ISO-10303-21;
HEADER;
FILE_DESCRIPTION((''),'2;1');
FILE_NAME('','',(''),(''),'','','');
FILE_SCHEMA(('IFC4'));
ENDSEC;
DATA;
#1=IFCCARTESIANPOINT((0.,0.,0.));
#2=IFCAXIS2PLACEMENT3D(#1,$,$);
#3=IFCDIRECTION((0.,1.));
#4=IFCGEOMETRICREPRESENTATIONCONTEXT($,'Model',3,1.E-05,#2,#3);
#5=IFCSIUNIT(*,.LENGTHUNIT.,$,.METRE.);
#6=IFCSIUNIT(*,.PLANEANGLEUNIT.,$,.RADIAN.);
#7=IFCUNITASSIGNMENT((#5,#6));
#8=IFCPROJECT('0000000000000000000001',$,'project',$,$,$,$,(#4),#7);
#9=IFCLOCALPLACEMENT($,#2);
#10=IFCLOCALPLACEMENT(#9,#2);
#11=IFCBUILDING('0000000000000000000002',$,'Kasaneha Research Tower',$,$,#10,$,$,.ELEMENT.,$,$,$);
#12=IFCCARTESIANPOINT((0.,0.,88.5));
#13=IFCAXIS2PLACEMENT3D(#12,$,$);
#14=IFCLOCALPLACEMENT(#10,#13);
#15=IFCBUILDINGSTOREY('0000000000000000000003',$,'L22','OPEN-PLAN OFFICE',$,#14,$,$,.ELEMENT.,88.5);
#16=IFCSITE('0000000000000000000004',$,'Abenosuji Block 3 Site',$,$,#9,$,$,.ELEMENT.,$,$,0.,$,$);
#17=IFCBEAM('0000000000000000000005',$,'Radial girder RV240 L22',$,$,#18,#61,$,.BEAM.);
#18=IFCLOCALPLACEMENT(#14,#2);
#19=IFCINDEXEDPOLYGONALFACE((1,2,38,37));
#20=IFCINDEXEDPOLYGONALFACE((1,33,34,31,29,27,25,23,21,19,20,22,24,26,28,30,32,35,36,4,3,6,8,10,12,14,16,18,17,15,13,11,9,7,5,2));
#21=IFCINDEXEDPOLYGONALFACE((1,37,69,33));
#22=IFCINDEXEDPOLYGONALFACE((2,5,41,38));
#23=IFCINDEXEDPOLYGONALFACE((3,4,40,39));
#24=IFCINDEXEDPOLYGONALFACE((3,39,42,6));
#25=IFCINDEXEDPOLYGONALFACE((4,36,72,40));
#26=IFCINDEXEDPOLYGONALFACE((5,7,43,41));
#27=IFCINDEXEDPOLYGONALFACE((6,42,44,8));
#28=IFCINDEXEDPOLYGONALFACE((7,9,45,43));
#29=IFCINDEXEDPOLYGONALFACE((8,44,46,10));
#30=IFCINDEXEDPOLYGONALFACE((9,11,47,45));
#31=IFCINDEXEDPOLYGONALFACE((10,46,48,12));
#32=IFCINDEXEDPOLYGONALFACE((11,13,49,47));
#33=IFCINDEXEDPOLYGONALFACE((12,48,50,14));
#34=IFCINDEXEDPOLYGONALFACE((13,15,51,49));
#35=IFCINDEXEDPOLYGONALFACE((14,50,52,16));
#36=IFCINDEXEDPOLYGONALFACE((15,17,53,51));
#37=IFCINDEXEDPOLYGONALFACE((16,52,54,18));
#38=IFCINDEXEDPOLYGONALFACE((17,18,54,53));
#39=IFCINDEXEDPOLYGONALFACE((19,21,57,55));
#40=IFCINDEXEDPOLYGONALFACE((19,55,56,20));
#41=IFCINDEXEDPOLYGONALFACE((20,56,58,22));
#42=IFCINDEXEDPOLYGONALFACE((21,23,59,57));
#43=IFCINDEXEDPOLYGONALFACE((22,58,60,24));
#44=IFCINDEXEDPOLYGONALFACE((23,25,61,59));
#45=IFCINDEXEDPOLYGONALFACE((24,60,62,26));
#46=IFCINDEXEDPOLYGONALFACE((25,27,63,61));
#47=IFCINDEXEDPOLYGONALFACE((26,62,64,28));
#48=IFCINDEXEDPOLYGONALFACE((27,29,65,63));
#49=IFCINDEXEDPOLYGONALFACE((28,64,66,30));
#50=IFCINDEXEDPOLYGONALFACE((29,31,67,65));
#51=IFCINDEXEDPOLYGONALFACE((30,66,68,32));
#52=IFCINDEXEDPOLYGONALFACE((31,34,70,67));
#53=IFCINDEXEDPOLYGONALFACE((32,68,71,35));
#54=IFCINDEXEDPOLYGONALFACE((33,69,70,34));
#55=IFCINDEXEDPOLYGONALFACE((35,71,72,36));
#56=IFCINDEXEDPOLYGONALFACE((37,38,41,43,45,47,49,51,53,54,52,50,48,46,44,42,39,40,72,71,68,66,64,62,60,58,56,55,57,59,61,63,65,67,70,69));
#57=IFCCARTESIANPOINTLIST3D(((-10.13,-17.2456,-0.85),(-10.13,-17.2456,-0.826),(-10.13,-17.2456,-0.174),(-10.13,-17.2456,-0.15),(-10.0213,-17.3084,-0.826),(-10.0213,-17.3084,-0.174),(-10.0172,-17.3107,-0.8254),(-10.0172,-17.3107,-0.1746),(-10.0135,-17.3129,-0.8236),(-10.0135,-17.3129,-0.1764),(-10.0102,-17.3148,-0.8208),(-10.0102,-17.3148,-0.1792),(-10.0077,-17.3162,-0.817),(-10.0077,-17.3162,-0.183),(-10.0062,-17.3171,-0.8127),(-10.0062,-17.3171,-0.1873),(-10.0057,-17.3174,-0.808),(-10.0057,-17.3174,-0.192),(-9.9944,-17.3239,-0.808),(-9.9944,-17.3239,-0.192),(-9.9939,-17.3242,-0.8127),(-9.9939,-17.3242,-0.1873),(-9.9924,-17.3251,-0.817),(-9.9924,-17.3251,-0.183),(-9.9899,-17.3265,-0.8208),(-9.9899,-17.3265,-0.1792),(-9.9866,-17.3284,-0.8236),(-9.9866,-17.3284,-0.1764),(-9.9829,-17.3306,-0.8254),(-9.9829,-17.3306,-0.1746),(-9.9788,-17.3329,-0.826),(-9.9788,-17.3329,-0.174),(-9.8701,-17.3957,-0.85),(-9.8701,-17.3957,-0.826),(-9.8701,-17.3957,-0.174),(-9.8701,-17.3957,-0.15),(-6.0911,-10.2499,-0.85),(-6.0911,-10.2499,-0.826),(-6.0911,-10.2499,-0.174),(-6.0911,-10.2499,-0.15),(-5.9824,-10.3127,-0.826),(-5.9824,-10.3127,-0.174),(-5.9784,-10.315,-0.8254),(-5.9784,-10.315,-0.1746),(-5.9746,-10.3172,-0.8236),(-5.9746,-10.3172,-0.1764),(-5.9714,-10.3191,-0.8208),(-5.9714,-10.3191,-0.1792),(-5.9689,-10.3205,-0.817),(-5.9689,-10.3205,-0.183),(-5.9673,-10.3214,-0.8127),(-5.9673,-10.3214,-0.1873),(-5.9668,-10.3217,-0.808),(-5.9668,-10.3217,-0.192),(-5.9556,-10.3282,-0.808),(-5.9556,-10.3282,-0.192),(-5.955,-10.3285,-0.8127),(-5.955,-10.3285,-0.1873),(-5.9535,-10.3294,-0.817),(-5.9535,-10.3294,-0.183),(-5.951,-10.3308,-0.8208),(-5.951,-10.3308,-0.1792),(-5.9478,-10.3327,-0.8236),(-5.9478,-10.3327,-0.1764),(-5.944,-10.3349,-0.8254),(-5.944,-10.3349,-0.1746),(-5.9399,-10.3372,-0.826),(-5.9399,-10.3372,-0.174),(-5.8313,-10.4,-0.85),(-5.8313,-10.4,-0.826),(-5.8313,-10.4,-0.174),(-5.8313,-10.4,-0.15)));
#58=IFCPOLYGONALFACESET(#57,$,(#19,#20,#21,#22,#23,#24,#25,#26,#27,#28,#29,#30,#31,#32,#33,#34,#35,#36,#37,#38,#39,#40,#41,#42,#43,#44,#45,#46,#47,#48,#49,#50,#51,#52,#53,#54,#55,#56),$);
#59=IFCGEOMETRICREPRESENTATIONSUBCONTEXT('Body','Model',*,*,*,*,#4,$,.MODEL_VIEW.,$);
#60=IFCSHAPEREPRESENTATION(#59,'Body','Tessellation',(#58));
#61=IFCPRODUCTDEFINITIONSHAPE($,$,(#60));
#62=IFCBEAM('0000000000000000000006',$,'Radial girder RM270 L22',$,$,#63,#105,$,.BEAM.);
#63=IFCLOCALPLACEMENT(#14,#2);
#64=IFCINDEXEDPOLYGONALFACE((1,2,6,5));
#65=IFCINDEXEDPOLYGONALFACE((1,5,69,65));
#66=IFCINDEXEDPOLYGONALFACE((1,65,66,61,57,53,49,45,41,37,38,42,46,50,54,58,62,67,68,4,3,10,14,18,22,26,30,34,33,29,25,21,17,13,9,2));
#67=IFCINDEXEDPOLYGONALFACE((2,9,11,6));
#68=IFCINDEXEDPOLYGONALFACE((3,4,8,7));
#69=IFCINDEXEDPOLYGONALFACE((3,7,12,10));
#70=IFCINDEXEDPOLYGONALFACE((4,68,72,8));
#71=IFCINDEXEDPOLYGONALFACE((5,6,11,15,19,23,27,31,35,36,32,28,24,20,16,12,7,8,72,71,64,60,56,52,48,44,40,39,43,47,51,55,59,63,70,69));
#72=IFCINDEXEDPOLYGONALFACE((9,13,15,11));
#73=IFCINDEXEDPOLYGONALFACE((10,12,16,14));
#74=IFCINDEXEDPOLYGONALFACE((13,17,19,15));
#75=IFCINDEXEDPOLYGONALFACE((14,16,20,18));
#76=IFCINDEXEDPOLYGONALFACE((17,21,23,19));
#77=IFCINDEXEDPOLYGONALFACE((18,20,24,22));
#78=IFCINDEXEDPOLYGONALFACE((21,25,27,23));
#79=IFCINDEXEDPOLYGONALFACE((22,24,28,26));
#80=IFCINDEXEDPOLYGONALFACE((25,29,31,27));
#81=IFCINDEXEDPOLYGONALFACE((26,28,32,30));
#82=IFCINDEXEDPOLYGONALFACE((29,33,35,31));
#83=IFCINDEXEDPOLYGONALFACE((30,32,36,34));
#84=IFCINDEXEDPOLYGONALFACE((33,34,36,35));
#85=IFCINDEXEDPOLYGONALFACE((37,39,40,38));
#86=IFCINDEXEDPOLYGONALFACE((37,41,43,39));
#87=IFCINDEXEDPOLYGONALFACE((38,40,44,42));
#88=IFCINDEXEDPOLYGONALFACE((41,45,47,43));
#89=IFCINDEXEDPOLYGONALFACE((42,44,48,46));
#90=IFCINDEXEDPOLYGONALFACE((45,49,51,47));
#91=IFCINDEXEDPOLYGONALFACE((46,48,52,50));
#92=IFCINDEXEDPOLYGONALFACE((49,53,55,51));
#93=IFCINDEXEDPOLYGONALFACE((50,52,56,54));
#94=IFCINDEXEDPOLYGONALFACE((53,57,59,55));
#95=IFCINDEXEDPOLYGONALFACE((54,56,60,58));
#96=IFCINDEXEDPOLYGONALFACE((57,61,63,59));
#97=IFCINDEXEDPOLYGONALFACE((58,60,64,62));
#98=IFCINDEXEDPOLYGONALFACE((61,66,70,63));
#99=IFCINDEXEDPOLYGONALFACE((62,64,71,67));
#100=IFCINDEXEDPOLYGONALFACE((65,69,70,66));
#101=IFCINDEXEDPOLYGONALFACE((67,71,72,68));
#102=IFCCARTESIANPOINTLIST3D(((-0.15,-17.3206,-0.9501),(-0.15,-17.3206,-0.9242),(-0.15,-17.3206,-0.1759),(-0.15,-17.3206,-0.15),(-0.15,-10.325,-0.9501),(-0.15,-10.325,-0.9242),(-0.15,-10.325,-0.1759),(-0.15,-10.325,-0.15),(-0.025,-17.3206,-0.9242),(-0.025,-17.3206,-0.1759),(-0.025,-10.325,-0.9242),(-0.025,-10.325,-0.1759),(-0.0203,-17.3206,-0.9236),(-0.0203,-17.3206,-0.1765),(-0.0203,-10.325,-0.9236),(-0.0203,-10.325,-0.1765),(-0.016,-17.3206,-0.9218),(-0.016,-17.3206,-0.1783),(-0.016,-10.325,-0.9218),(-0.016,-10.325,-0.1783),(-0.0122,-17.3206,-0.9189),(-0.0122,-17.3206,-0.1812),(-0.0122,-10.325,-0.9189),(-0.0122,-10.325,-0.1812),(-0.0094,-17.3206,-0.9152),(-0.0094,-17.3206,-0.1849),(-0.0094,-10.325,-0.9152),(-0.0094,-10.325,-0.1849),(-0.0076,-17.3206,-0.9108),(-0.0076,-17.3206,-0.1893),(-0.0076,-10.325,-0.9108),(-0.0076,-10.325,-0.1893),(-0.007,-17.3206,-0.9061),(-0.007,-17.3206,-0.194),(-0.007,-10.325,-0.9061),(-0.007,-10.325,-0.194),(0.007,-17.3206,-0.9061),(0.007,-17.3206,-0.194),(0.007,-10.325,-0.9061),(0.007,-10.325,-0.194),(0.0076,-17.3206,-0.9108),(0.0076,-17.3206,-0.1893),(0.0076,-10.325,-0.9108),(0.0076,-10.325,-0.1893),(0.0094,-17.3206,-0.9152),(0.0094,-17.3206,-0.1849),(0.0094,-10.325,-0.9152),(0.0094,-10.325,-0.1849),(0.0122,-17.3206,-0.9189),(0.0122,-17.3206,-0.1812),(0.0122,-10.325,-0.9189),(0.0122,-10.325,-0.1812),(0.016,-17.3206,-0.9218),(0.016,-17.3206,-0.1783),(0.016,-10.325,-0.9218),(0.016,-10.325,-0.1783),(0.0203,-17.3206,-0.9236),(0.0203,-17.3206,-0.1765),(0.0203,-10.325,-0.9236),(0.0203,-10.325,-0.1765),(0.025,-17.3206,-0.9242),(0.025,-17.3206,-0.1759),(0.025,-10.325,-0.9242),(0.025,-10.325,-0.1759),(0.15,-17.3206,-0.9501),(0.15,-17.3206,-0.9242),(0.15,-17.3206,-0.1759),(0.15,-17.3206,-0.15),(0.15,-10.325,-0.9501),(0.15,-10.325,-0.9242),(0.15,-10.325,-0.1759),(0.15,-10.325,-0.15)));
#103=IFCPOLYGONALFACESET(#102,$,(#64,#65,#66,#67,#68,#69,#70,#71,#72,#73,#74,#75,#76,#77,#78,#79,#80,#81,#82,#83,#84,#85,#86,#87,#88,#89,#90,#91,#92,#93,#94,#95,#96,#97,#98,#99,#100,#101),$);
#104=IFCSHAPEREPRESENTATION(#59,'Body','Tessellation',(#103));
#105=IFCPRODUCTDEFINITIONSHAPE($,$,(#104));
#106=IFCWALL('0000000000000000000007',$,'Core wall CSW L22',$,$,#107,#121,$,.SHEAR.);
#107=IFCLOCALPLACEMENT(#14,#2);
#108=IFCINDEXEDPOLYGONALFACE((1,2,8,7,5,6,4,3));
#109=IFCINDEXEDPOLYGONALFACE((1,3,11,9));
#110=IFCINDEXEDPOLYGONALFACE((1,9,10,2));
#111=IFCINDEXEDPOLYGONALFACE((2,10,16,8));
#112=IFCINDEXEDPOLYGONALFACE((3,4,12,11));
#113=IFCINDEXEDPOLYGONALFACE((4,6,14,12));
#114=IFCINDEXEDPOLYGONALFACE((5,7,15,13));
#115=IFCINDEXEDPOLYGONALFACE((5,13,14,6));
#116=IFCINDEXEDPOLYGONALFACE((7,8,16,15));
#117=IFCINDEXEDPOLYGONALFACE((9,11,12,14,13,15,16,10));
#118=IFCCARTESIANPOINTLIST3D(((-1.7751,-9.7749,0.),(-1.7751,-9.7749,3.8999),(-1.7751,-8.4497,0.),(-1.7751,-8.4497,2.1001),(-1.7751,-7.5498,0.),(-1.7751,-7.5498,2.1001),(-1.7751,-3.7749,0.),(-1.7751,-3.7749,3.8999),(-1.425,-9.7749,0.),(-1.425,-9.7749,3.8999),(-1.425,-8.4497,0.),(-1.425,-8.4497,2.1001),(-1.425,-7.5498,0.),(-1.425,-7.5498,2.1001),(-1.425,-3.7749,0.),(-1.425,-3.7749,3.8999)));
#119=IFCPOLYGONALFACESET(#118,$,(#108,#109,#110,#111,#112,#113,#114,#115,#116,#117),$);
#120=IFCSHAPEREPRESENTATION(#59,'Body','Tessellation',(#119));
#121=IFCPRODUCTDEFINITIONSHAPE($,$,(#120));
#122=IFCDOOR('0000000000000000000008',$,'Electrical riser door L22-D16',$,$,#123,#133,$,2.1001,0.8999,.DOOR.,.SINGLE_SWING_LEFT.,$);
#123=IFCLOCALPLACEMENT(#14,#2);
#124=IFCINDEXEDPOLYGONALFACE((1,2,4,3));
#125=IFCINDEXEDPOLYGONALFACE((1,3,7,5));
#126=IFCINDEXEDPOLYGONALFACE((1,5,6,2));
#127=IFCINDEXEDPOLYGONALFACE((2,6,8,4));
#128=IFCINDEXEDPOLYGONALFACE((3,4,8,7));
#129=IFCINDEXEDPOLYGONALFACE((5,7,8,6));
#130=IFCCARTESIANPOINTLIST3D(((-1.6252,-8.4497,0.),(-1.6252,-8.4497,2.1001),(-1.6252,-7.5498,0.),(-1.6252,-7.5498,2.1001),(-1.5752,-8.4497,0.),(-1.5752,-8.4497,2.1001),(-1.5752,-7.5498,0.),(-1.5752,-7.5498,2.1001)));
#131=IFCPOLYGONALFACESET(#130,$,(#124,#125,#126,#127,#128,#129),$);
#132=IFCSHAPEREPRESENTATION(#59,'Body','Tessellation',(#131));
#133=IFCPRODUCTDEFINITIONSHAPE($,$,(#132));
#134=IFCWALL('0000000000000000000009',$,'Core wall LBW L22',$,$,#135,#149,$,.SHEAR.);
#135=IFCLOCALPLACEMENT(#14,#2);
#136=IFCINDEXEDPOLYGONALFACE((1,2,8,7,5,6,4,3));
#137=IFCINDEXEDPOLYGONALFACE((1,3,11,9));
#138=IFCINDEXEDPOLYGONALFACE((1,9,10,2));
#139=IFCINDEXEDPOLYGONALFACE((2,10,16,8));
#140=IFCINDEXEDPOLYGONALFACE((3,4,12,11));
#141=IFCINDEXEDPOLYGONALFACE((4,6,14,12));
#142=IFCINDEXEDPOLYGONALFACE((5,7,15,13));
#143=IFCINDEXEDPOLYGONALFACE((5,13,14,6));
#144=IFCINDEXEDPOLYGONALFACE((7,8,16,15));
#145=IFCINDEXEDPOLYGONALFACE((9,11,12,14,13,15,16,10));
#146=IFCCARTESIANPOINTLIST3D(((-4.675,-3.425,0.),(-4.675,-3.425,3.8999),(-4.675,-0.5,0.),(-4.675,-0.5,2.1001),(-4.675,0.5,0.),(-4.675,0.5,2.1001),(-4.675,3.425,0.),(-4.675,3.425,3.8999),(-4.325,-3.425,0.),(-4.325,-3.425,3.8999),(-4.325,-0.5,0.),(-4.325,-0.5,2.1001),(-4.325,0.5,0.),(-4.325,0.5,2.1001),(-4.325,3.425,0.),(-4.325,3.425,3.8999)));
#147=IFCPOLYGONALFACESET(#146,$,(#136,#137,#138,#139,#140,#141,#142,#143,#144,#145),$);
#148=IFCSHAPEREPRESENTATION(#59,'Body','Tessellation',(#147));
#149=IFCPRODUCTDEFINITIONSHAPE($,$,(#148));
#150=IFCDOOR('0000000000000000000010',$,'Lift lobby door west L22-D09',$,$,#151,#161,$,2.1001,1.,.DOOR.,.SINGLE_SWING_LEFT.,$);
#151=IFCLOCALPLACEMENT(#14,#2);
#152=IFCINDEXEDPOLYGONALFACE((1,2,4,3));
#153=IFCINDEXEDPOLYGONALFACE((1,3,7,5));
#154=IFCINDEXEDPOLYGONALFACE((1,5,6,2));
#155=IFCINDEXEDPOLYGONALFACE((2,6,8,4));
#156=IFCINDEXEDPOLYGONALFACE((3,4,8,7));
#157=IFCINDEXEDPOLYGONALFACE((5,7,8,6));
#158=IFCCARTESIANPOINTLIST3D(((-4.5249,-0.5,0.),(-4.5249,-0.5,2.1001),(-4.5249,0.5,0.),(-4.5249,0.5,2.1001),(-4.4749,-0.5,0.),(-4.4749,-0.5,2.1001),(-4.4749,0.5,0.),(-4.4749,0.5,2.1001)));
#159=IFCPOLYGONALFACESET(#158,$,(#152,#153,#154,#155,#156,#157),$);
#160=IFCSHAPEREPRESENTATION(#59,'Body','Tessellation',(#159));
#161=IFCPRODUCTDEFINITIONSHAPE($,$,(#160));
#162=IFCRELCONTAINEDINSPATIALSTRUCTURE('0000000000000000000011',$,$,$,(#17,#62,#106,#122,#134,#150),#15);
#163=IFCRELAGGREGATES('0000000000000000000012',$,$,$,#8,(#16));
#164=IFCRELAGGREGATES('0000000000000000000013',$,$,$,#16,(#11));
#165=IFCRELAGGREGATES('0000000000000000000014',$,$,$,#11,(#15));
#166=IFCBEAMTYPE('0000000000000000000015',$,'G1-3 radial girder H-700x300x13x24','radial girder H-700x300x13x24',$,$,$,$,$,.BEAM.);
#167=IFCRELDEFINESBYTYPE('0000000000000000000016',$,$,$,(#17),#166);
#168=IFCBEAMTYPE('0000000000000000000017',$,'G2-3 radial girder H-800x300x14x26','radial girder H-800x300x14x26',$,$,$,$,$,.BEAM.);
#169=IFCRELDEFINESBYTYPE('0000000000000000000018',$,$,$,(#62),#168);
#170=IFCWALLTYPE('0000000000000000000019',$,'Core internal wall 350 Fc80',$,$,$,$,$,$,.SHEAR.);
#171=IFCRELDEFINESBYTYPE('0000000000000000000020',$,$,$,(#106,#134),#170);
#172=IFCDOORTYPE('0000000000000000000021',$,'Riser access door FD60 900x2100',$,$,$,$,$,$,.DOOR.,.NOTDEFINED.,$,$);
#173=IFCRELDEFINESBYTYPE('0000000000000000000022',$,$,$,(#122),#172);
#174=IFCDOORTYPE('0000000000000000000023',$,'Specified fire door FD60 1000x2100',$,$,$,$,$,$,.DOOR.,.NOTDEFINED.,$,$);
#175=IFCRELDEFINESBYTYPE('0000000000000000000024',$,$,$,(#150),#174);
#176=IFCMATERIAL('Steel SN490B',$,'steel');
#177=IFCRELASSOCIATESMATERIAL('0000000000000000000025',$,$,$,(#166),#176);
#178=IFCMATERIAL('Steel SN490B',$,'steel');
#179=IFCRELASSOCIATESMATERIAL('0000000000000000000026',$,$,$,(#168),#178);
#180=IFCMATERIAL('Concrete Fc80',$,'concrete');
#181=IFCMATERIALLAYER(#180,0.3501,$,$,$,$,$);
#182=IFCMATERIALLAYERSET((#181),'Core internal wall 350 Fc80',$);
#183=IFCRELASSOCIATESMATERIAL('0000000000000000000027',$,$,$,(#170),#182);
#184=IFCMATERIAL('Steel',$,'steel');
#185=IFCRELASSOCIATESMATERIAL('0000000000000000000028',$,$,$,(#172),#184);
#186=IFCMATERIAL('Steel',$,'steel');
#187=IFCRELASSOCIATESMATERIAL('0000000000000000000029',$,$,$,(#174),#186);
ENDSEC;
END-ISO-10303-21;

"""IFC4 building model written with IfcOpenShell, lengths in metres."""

from ifc_helpers import new_model, si_unit, direction, frame, frame_2d, origin, origin_2d, place, context, subcontext, project, spatial, rectangle, i_section, extrude, material, layer, layer_set, material_profile, profile_set, type_object, element, fill, save


model = new_model("IFC4")

# Units and contexts
model_context = context("Model", 3, precision=1e-05, world=origin(), true_north=direction((0.0, 1.0)))
body_context = subcontext(model_context, "Body", "Model", "MODEL_VIEW")
ifc_project = project(units=[si_unit("LENGTHUNIT", "METRE"), si_unit("PLANEANGLEUNIT", "RADIAN")], contexts=[model_context])

# Site, building, storey
site_placement = place(None, origin())
site = spatial("IfcSite", under=ifc_project, at=site_placement, Name="Abenosuji Block 3 Site", CompositionType="ELEMENT", RefElevation=0.0)
building_placement = place(site_placement, origin())
building = spatial("IfcBuilding", under=site, at=building_placement, Name="Kasaneha Research Tower", CompositionType="ELEMENT")
storey_placement = place(building_placement, frame((0.0, 0.0, 88.5)))
storey = spatial("IfcBuildingStorey", under=building, at=storey_placement, Name="L22", Description="OPEN-PLAN OFFICE", CompositionType="ELEMENT", Elevation=88.5)

# Beams
ifc_material_1 = material(Name="Steel SN490B", Category="steel")
ifc_material_profile_1 = material_profile(ifc_material_1, i_section(OverallWidth=0.3, OverallDepth=0.7, WebThickness=0.0129, FlangeThickness=0.0239, FilletRadius=0.0181, at=origin_2d()), Name="H-700x300x13x24")
ifc_profile_set_1 = profile_set([ifc_material_profile_1], Name="Steel SN490B")
beam_type_1 = type_object("IfcBeamType", Name="G1-3 radial girder H-700x300x13x24", Description="radial girder H-700x300x13x24", PredefinedType="BEAM", material=ifc_profile_set_1)
beam_1_placement = place(storey_placement, frame((-5.9612, -10.325, -0.5), z_axis=(-0.499991, -0.866031, 0.0), x_axis=(0.866031, -0.499991, 0.0)))
element("IfcBeam", 1, at=beam_1_placement, inside=storey, type_object=beam_type_1, Name="Radial girder RV240 L22", PredefinedType="BEAM", context=body_context, shape_type="SweptSolid", body=[
    extrude(i_section(OverallWidth=0.3, OverallDepth=0.7, WebThickness=0.0129, FlangeThickness=0.0239, FilletRadius=0.0181, at=origin_2d()), origin(), (0.0, 0.0, 1.0), 8.0779),
])
ifc_material_2 = material(Name="Steel SN490B", Category="steel")
ifc_material_profile_2 = material_profile(ifc_material_2, i_section(OverallWidth=0.3, OverallDepth=0.8, WebThickness=0.0139, FlangeThickness=0.0259, FilletRadius=0.0181, at=origin_2d()), Name="H-800x300x14x26")
ifc_profile_set_2 = profile_set([ifc_material_profile_2], Name="Steel SN490B")
beam_type_2 = type_object("IfcBeamType", Name="G2-3 radial girder H-800x300x14x26", Description="radial girder H-800x300x14x26", PredefinedType="BEAM", material=ifc_profile_set_2)
beam_2_placement = place(storey_placement, frame((0.0, -10.325, -0.55), z_axis=(0.0, -1.0, 0.0), x_axis=(1.0, 0.0, 0.0)))
element("IfcBeam", 2, at=beam_2_placement, inside=storey, type_object=beam_type_2, Name="Radial girder RM270 L22", PredefinedType="BEAM", context=body_context, shape_type="SweptSolid", body=[
    extrude(i_section(OverallWidth=0.3, OverallDepth=0.8, WebThickness=0.0139, FlangeThickness=0.0259, FilletRadius=0.0181, at=origin_2d()), origin(), (0.0, 0.0, 1.0), 6.9956),
])

# Walls, openings, doors
ifc_material_3 = material(Name="Concrete Fc80", Category="concrete")
ifc_layer_1 = layer(ifc_material_3, 0.3501)
ifc_layer_set_1 = layer_set([ifc_layer_1], Name="Core internal wall 350 Fc80")
wall_type_1 = type_object("IfcWallType", Name="Core internal wall 350 Fc80", PredefinedType="SHEAR", material=ifc_layer_set_1)
wall_1_placement = place(storey_placement, frame((-1.6001, -3.7749, 0.0), z_axis=(0.0, 0.0, 1.0), x_axis=(0.0, -1.0, 0.0)))
wall_1 = element("IfcWall", 3, at=wall_1_placement, inside=storey, type_object=wall_type_1, Name="Core wall CSW L22", PredefinedType="SHEAR", context=body_context, shape_type="SweptSolid", body=[
    extrude(rectangle(XDim=6.0, YDim=0.3501, at=frame_2d((3.0, 0.0))), origin(), (0.0, 0.0, 1.0), 3.8999),
])
opening_1_placement = place(wall_1_placement, frame((3.7749, 0.0, 0.0)))
opening_1 = element("IfcOpeningElement", 4, at=opening_1_placement, cuts=wall_1, PredefinedType="OPENING", context=body_context, shape_type="SweptSolid", body=[
    extrude(rectangle(XDim=0.8999, YDim=2.1001, at=frame_2d((0.45, 1.05))), frame((0.0, 0.1851, 0.0), z_axis=(0.0, -1.0, 0.0), x_axis=(1.0, 0.0, 0.0)), (0.0, 0.0, 1.0), 0.3701),
])
ifc_material_4 = material(Name="Steel", Category="steel")
door_type_1 = type_object("IfcDoorType", Name="Riser access door FD60 900x2100", OperationType="NOTDEFINED", PredefinedType="DOOR", material=ifc_material_4)
door_1_placement = place(opening_1_placement, origin())
door_1 = element("IfcDoor", 5, at=door_1_placement, inside=storey, type_object=door_type_1, Name="Electrical riser door L22-D16", OperationType="SINGLE_SWING_LEFT", OverallHeight=2.1001, OverallWidth=0.8999, PredefinedType="DOOR", context=body_context, shape_type="SweptSolid", body=[
    extrude(rectangle(XDim=0.8999, YDim=2.1001, at=frame_2d((0.45, 1.05))), frame((0.0, 0.0249, 0.0), z_axis=(0.0, -1.0, 0.0), x_axis=(1.0, 0.0, 0.0)), (0.0, 0.0, 1.0), 0.05),
])
fill(opening_1, door_1)
wall_2_placement = place(storey_placement, frame((-4.5, -3.425, 0.0), z_axis=(0.0, 0.0, 1.0), x_axis=(0.0, 1.0, 0.0)))
wall_2 = element("IfcWall", 6, at=wall_2_placement, inside=storey, type_object=wall_type_1, Name="Core wall LBW L22", PredefinedType="SHEAR", context=body_context, shape_type="SweptSolid", body=[
    extrude(rectangle(XDim=6.8501, YDim=0.3501, at=frame_2d((3.425, 0.0))), origin(), (0.0, 0.0, 1.0), 3.8999),
])
opening_2_placement = place(wall_2_placement, frame((2.925, 0.0, 0.0)))
opening_2 = element("IfcOpeningElement", 7, at=opening_2_placement, cuts=wall_2, PredefinedType="OPENING", context=body_context, shape_type="SweptSolid", body=[
    extrude(rectangle(XDim=1.0, YDim=2.1001, at=frame_2d((0.5, 1.05))), frame((0.0, 0.1851, 0.0), z_axis=(0.0, -1.0, 0.0), x_axis=(1.0, 0.0, 0.0)), (0.0, 0.0, 1.0), 0.3701),
])
ifc_material_5 = material(Name="Steel", Category="steel")
door_type_2 = type_object("IfcDoorType", Name="Specified fire door FD60 1000x2100", OperationType="NOTDEFINED", PredefinedType="DOOR", material=ifc_material_5)
door_2_placement = place(opening_2_placement, origin())
door_2 = element("IfcDoor", 8, at=door_2_placement, inside=storey, type_object=door_type_2, Name="Lift lobby door west L22-D09", OperationType="SINGLE_SWING_LEFT", OverallHeight=2.1001, OverallWidth=1.0, PredefinedType="DOOR", context=body_context, shape_type="SweptSolid", body=[
    extrude(rectangle(XDim=1.0, YDim=2.1001, at=frame_2d((0.5, 1.05))), frame((0.0, 0.0249, 0.0), z_axis=(0.0, -1.0, 0.0), x_axis=(1.0, 0.0, 0.0)), (0.0, 0.0, 1.0), 0.05),
])
fill(opening_2, door_2)

save(model, "model.ifc")
